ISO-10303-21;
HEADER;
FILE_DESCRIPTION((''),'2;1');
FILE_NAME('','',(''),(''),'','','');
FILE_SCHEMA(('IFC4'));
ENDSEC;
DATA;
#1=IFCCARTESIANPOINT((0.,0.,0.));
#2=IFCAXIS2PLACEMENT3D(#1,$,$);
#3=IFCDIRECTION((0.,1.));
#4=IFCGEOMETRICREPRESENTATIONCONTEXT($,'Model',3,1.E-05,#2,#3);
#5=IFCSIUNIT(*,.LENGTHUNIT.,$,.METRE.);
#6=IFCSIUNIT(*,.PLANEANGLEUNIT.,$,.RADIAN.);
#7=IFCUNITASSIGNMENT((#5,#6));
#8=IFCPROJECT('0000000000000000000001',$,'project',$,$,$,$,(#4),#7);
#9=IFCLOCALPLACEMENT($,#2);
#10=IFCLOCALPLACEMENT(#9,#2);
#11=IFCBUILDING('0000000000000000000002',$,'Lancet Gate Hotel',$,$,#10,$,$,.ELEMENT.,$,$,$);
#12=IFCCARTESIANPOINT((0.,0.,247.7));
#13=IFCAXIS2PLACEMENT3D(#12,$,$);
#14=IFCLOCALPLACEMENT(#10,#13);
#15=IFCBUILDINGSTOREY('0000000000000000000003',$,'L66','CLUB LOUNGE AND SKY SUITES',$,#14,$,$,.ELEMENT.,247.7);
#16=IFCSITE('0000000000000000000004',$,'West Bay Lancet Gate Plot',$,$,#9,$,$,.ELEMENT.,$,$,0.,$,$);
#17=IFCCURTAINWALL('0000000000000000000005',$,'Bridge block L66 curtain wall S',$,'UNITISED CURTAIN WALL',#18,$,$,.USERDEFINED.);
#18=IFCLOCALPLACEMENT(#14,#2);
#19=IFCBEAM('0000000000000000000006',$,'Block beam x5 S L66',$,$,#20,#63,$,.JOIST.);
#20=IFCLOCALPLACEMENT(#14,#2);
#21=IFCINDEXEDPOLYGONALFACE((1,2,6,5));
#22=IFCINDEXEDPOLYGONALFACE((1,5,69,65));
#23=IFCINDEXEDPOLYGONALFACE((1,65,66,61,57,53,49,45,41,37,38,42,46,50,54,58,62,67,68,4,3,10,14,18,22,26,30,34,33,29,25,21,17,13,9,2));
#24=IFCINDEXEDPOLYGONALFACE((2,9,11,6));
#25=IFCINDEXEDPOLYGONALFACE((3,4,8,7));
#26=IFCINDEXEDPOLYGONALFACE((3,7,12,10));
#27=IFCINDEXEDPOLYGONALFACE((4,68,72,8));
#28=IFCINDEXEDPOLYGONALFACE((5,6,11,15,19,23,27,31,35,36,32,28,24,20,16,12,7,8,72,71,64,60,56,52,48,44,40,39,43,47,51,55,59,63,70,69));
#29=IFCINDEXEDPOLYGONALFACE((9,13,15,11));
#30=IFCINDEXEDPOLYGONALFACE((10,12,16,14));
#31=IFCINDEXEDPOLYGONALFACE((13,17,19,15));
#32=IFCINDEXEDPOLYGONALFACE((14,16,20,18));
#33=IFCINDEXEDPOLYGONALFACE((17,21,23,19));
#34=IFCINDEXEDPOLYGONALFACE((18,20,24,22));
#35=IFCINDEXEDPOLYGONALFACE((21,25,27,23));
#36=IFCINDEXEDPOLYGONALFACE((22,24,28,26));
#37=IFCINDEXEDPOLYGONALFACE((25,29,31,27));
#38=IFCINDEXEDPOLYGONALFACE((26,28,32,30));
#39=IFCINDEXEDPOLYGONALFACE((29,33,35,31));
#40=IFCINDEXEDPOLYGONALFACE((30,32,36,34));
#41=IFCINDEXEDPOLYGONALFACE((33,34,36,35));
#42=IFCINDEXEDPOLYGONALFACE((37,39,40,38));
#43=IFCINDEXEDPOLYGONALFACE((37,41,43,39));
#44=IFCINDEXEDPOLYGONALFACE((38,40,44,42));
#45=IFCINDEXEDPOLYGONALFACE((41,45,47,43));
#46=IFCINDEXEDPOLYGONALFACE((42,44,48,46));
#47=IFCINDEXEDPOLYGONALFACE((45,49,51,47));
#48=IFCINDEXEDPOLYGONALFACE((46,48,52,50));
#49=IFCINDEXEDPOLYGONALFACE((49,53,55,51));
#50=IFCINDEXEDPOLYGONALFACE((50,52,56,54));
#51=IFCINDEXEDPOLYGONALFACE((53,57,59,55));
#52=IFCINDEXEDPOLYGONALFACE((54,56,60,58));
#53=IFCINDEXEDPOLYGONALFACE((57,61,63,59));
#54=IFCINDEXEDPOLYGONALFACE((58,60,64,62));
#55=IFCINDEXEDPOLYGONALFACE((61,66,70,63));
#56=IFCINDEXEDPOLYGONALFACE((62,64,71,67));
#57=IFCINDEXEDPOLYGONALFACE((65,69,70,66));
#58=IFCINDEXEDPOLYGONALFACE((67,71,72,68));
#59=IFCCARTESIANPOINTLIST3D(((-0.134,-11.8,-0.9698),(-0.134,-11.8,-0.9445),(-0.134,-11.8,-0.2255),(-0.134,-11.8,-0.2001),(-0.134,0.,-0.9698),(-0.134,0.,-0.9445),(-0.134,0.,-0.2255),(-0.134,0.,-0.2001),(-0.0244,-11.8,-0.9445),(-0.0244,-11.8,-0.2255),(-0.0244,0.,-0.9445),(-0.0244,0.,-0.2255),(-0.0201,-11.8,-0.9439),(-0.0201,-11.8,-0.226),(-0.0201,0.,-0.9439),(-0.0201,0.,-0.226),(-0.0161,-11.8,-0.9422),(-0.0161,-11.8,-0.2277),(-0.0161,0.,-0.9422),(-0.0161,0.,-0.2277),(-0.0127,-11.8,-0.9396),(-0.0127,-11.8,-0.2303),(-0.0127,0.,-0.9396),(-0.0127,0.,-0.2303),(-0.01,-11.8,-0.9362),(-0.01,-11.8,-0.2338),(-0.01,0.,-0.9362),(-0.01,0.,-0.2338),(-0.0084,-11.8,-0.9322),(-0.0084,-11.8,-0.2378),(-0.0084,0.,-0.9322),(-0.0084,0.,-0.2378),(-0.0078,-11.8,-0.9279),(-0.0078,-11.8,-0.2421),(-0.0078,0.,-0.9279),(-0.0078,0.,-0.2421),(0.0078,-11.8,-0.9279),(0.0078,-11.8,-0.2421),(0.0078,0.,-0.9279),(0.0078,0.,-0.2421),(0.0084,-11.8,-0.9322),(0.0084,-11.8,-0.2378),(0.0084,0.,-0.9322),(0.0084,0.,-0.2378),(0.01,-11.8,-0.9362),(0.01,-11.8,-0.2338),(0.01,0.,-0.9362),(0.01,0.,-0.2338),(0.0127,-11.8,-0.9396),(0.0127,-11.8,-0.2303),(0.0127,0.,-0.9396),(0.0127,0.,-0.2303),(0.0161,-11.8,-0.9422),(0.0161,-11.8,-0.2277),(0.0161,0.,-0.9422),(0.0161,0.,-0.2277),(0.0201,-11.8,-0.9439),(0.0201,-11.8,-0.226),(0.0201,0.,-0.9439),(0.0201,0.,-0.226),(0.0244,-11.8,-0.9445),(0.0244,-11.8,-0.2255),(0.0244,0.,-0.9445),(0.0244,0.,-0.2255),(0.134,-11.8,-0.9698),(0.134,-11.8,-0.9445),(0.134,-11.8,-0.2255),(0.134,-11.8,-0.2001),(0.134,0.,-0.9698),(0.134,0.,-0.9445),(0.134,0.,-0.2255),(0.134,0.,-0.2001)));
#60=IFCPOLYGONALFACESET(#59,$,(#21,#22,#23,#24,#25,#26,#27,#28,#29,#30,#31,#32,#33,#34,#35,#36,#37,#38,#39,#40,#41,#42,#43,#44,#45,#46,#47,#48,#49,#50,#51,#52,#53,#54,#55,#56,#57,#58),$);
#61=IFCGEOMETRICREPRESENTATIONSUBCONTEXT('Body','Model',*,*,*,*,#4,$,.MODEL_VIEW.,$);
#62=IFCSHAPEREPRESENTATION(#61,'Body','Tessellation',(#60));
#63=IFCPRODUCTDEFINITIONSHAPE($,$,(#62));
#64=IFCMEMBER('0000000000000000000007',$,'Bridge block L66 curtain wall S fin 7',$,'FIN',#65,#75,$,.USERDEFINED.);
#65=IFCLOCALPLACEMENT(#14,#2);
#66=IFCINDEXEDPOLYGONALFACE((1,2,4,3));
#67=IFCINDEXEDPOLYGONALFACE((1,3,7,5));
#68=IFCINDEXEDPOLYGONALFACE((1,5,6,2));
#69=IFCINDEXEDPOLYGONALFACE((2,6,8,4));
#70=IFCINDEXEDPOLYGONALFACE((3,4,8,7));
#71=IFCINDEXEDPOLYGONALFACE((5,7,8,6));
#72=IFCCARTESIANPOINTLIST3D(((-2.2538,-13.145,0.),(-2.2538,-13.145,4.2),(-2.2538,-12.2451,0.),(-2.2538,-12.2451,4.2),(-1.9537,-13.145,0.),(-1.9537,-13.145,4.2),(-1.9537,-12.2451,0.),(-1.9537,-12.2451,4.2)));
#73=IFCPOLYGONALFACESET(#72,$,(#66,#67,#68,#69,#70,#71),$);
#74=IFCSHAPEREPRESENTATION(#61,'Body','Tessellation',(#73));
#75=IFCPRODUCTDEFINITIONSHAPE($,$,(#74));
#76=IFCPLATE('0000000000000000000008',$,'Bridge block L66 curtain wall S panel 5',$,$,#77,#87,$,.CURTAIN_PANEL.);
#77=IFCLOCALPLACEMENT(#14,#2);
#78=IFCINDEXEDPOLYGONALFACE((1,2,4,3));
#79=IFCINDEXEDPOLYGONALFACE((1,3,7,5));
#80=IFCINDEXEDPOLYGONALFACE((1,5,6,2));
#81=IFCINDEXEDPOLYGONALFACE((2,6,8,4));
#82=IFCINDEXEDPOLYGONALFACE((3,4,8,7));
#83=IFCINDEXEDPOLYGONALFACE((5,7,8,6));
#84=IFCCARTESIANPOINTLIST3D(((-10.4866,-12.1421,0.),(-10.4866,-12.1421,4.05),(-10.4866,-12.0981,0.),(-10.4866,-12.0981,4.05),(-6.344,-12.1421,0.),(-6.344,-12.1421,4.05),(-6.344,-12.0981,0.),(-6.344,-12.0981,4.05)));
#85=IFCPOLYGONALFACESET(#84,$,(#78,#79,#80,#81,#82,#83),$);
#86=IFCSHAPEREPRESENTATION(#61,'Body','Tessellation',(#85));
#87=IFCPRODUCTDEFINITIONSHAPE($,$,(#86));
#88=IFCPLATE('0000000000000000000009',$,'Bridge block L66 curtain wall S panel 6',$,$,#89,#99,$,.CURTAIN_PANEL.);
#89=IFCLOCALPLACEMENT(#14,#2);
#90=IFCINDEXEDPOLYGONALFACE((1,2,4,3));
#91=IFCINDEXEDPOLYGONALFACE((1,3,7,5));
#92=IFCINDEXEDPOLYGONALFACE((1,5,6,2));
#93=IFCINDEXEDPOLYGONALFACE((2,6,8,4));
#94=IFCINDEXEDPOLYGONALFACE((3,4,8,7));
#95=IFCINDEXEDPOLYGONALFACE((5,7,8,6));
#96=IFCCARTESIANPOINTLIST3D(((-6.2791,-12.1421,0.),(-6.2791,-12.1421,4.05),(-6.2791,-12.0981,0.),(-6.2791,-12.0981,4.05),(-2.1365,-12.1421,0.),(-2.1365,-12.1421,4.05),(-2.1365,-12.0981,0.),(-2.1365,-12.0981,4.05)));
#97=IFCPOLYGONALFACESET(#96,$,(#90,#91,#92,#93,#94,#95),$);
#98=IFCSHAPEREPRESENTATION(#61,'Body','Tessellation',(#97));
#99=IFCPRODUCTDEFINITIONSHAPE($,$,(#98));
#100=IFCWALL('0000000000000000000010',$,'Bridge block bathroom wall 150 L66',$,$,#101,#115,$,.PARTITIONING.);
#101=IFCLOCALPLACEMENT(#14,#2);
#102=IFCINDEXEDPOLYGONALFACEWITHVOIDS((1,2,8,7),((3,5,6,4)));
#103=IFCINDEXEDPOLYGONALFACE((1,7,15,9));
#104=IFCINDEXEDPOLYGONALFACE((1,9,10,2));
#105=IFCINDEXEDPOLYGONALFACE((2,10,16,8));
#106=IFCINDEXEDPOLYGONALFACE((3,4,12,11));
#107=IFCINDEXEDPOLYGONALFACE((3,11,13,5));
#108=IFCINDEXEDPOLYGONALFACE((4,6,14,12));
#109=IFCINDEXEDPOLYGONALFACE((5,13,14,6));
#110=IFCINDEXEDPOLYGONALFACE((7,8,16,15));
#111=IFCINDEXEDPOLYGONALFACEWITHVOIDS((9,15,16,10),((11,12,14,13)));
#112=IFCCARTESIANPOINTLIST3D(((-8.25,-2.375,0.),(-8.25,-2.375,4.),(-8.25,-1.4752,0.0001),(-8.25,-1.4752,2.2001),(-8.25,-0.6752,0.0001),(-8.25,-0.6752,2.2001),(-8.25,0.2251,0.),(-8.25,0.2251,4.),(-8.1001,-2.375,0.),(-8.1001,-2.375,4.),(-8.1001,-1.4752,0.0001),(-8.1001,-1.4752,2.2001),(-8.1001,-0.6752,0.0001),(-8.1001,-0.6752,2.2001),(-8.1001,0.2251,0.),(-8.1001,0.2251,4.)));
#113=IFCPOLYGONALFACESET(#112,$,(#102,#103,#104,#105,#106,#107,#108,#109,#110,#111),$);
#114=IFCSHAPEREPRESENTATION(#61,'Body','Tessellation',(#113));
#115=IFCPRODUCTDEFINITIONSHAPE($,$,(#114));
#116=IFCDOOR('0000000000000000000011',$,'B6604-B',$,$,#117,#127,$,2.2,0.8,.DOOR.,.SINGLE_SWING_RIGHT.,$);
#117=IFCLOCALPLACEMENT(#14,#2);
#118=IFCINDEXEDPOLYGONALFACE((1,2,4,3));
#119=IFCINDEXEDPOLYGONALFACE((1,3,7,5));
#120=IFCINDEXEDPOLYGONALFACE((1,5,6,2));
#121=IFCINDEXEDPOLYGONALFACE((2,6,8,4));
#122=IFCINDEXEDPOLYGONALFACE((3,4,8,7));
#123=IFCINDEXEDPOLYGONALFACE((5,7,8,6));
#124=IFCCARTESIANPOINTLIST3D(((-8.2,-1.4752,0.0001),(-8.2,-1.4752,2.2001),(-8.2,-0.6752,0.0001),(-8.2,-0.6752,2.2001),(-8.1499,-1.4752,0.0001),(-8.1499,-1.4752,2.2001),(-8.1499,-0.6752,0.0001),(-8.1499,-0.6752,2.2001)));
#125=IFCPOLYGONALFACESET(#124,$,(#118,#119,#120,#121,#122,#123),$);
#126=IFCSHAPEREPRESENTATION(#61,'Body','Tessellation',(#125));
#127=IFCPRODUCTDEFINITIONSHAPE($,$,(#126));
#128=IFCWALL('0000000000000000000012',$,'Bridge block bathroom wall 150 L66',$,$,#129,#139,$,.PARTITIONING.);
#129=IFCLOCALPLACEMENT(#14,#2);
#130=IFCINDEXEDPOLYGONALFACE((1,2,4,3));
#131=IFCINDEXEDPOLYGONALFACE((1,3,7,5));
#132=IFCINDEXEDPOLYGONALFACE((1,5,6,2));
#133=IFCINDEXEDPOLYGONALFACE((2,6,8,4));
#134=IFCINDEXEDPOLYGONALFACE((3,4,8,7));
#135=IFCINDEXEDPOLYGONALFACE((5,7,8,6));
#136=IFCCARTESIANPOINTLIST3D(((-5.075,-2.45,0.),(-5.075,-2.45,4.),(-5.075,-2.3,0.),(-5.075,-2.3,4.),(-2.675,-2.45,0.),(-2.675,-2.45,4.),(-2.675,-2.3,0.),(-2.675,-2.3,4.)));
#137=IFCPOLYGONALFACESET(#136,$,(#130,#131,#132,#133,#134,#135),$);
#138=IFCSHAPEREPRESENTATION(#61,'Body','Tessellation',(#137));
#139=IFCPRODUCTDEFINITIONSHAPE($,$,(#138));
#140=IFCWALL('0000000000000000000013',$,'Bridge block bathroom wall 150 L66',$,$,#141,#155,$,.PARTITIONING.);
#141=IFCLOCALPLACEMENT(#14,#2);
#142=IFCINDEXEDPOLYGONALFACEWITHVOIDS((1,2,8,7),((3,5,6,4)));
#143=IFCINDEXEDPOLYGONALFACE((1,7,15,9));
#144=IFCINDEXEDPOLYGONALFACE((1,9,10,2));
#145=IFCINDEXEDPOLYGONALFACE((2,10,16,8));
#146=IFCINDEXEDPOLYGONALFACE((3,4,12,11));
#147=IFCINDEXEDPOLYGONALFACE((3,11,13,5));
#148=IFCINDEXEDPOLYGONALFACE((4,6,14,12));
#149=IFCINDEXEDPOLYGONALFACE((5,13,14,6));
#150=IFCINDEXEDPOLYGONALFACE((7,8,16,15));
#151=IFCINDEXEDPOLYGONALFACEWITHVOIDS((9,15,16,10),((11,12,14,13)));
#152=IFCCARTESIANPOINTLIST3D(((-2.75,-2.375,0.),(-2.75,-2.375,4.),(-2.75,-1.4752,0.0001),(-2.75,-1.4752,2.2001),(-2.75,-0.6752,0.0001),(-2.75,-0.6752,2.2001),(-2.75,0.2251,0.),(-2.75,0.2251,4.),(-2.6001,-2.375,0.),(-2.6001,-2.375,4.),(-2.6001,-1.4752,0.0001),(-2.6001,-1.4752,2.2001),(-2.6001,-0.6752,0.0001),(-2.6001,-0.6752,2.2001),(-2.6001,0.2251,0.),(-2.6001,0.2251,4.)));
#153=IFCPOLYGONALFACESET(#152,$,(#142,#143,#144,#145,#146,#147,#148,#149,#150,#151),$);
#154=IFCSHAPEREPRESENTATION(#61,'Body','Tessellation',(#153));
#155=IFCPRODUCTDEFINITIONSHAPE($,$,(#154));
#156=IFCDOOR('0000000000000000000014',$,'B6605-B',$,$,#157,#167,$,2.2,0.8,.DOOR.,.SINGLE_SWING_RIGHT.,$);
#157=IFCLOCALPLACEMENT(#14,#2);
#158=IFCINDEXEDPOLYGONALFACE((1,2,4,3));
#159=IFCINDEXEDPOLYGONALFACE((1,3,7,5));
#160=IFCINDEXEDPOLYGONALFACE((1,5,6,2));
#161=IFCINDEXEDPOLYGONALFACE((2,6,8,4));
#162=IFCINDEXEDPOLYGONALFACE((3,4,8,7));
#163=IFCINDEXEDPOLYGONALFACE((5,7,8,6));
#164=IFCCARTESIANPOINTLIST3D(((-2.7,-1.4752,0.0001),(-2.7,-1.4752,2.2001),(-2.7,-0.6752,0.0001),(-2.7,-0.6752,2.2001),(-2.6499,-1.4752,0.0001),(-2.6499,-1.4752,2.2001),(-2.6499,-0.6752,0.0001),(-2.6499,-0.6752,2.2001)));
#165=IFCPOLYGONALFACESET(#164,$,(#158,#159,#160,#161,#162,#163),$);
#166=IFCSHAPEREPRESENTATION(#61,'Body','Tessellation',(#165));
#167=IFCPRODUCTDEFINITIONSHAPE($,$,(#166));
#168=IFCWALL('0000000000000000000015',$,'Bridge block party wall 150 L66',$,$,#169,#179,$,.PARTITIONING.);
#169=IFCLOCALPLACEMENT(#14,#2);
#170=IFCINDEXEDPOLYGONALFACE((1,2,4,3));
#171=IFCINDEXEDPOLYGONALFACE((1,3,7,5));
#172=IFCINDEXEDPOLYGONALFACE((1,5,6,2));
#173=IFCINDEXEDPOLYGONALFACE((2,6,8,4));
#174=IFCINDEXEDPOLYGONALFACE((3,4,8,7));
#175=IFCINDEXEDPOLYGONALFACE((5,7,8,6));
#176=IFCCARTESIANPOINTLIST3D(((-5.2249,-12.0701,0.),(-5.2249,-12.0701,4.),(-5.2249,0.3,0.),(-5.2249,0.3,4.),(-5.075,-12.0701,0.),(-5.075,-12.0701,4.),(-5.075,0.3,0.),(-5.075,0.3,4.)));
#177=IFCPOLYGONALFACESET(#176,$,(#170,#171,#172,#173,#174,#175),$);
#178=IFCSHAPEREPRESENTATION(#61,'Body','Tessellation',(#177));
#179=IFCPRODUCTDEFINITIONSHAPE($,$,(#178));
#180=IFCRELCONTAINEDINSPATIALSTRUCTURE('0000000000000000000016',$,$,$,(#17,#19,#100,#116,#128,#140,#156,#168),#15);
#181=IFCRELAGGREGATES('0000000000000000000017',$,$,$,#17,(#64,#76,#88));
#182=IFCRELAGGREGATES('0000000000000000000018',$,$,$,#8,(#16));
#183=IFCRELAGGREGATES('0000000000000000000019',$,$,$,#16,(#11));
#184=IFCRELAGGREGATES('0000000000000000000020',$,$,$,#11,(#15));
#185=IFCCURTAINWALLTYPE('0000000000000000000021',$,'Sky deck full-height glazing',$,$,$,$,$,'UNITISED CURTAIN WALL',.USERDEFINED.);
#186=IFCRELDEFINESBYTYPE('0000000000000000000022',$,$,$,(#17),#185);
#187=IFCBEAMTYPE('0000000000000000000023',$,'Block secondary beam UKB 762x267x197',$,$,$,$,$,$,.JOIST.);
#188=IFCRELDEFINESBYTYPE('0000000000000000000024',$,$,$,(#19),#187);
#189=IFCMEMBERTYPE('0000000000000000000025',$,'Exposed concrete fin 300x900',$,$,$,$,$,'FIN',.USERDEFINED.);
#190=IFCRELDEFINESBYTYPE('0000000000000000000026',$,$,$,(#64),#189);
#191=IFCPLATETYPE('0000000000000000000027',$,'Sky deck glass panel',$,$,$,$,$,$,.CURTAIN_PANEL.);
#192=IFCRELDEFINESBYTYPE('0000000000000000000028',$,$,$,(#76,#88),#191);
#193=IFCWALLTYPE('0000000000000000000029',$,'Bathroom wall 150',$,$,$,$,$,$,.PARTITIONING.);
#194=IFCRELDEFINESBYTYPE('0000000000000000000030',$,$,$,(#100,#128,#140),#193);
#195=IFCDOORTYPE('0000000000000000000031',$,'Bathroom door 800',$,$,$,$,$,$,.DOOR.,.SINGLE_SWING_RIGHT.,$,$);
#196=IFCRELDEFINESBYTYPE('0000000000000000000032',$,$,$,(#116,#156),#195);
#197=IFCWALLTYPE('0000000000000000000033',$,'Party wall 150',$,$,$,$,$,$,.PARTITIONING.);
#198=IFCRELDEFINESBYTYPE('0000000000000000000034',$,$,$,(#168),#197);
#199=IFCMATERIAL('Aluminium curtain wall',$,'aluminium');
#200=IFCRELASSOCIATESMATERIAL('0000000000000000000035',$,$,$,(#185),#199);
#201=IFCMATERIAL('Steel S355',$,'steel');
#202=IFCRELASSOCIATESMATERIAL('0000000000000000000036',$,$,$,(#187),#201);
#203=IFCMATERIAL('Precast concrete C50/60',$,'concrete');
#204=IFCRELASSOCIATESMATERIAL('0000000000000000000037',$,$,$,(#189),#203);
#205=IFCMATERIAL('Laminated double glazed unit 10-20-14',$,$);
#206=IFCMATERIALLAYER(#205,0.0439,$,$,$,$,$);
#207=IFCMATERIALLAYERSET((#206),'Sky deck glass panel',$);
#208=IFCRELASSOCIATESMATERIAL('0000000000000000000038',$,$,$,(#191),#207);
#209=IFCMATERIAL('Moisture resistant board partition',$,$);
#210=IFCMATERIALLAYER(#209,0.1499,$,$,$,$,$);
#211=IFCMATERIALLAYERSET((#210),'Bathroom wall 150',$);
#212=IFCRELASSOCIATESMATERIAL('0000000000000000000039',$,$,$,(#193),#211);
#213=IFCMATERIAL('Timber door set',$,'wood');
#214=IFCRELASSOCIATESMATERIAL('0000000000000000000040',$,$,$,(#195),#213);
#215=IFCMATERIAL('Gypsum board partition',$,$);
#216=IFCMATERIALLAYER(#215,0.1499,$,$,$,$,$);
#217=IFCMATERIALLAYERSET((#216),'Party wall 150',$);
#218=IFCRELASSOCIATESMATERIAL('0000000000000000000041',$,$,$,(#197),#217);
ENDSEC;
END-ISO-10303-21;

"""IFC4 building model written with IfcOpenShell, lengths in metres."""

from ifc_helpers import new_model, si_unit, direction, frame, frame_2d, origin, origin_2d, place, context, subcontext, project, spatial, rectangle, i_section, extrude, material, layer, layer_set, material_profile, profile_set, type_object, element, fill, aggregate, save


model = new_model("IFC4")

# Units and contexts
model_context = context("Model", 3, precision=1e-05, world=origin(), true_north=direction((0.0, 1.0)))
body_context = subcontext(model_context, "Body", "Model", "MODEL_VIEW")
ifc_project = project(units=[si_unit("LENGTHUNIT", "METRE"), si_unit("PLANEANGLEUNIT", "RADIAN")], contexts=[model_context])

# Site, building, storey
site_placement = place(None, origin())
site = spatial("IfcSite", under=ifc_project, at=site_placement, Name="West Bay Lancet Gate Plot", CompositionType="ELEMENT", RefElevation=0.0)
building_placement = place(site_placement, origin())
building = spatial("IfcBuilding", under=site, at=building_placement, Name="Lancet Gate Hotel", CompositionType="ELEMENT")
storey_placement = place(building_placement, frame((0.0, 0.0, 247.7)))
storey = spatial("IfcBuildingStorey", under=building, at=storey_placement, Name="L66", Description="CLUB LOUNGE AND SKY SUITES", CompositionType="ELEMENT", Elevation=247.7)

# Curtain wall
ifc_material_1 = material(Name="Aluminium curtain wall", Category="aluminium")
curtain_wall_type = type_object("IfcCurtainWallType", Name="Sky deck full-height glazing", ElementType="UNITISED CURTAIN WALL", PredefinedType="USERDEFINED", material=ifc_material_1)
curtain_wall_placement = place(storey_placement, origin())
curtain_wall = element("IfcCurtainWall", 1, at=curtain_wall_placement, inside=storey, type_object=curtain_wall_type, Name="Bridge block L66 curtain wall S", ObjectType="UNITISED CURTAIN WALL", PredefinedType="USERDEFINED")

# Beam
ifc_material_2 = material(Name="Steel S355", Category="steel")
ifc_material_profile_1 = material_profile(ifc_material_2, i_section(OverallWidth=0.2681, OverallDepth=0.7698, WebThickness=0.0156, FlangeThickness=0.0254, FilletRadius=0.0166, at=origin_2d()), Name="UKB 762x267x197")
ifc_profile_set_1 = profile_set([ifc_material_profile_1], Name="Steel S355")
beam_type_1 = type_object("IfcBeamType", Name="Block secondary beam UKB 762x267x197", PredefinedType="JOIST", material=ifc_profile_set_1)
for number, where, z_axis, x_axis, name in (
    (2, (0.0, -11.8, -0.585), (0.0, 1.0, 0.0), (-1.0, 0.0, 0.0), "Block beam x5 S L66"),
):
    element("IfcBeam", number, at=place(storey_placement, frame(where, z_axis=z_axis, x_axis=x_axis)), inside=storey, type_object=beam_type_1, Name=name, PredefinedType="JOIST", context=body_context, shape_type="SweptSolid", body=[
        extrude(i_section(OverallWidth=0.2681, OverallDepth=0.7698, WebThickness=0.0156, FlangeThickness=0.0254, FilletRadius=0.0166, at=origin_2d()), origin(), (0.0, 0.0, 1.0), 11.8),
    ])

# Member
ifc_material_3 = material(Name="Precast concrete C50/60", Category="concrete")
ifc_material_profile_2 = material_profile(ifc_material_3, rectangle(XDim=0.3, YDim=0.8999, at=origin_2d()), Name="FIN 300x900")
ifc_profile_set_2 = profile_set([ifc_material_profile_2], Name="Precast concrete C50/60")
member_type_1 = type_object("IfcMemberType", Name="Exposed concrete fin 300x900", ElementType="FIN", PredefinedType="USERDEFINED", material=ifc_profile_set_2)
member_1_placement = place(storey_placement, frame((-2.1038, -12.6951, 0.0), z_axis=(0.0, 0.0, 1.0), x_axis=(1.0, 0.0, 0.0)))
member_1 = element("IfcMember", 3, at=member_1_placement, type_object=member_type_1, Name="Bridge block L66 curtain wall S fin 7", ObjectType="FIN", PredefinedType="USERDEFINED", context=body_context, shape_type="SweptSolid", body=[
    extrude(rectangle(XDim=0.3, YDim=0.8999, at=origin_2d()), origin(), (0.0, 0.0, 1.0), 4.2),
])

# Plates
ifc_material_4 = material(Name="Laminated double glazed unit 10-20-14")
ifc_layer_1 = layer(ifc_material_4, 0.0439)
ifc_layer_set_1 = layer_set([ifc_layer_1], Name="Sky deck glass panel")
plate_type = type_object("IfcPlateType", Name="Sky deck glass panel", PredefinedType="CURTAIN_PANEL", material=ifc_layer_set_1)
plate_1_placement = place(storey_placement, frame((-8.4153, -12.1201, 0.0), z_axis=(0.0, 0.0, 1.0), x_axis=(1.0, 0.0, 0.0)))
plate_1 = element("IfcPlate", 4, at=plate_1_placement, type_object=plate_type, Name="Bridge block L66 curtain wall S panel 5", PredefinedType="CURTAIN_PANEL", context=body_context, shape_type="SweptSolid", body=[
    extrude(rectangle(XDim=4.1426, YDim=0.0439, at=origin_2d()), origin(), (0.0, 0.0, 1.0), 4.05),
])
plate_2_placement = place(storey_placement, frame((-4.2078, -12.1201, 0.0), z_axis=(0.0, 0.0, 1.0), x_axis=(1.0, 0.0, 0.0)))
plate_2 = element("IfcPlate", 5, at=plate_2_placement, type_object=plate_type, Name="Bridge block L66 curtain wall S panel 6", PredefinedType="CURTAIN_PANEL", context=body_context, shape_type="SweptSolid", body=[
    extrude(rectangle(XDim=4.1426, YDim=0.0439, at=origin_2d()), origin(), (0.0, 0.0, 1.0), 4.05),
])
aggregate(curtain_wall, [member_1, plate_1, plate_2])

# Wall, opening, door
ifc_material_5 = material(Name="Moisture resistant board partition")
ifc_layer_2 = layer(ifc_material_5, 0.1499)
ifc_layer_set_2 = layer_set([ifc_layer_2], Name="Bathroom wall 150")
wall_type_1 = type_object("IfcWallType", Name="Bathroom wall 150", PredefinedType="PARTITIONING", material=ifc_layer_set_2)
wall_1_placement = place(storey_placement, frame((-8.175, -2.375, 0.0), z_axis=(0.0, 0.0, 1.0), x_axis=(0.0, 1.0, 0.0)))
wall_1 = element("IfcWall", 6, at=wall_1_placement, inside=storey, type_object=wall_type_1, Name="Bridge block bathroom wall 150 L66", PredefinedType="PARTITIONING", context=body_context, shape_type="SweptSolid", body=[
    extrude(rectangle(XDim=2.6001, YDim=0.1499, at=frame_2d((1.3, 0.0))), origin(), (0.0, 0.0, 1.0), 4.0),
])
opening_1_placement = place(wall_1_placement, frame((0.8999, 0.0, 0.0)))
opening_1 = element("IfcOpeningElement", 7, at=opening_1_placement, cuts=wall_1, PredefinedType="OPENING", context=body_context, shape_type="SweptSolid", body=[
    extrude(rectangle(XDim=0.8, YDim=2.2, at=frame_2d((0.3999, 1.1001))), frame((0.0, 0.085, 0.0), z_axis=(0.0, -1.0, 0.0), x_axis=(1.0, 0.0, 0.0)), (0.0, 0.0, 1.0), 0.1699),
])
ifc_material_6 = material(Name="Timber door set", Category="wood")
door_type = type_object("IfcDoorType", Name="Bathroom door 800", OperationType="SINGLE_SWING_RIGHT", PredefinedType="DOOR", material=ifc_material_6)
door_1_placement = place(opening_1_placement, origin())
door_1 = element("IfcDoor", 8, at=door_1_placement, inside=storey, type_object=door_type, Name="B6604-B", OperationType="SINGLE_SWING_RIGHT", OverallHeight=2.2, OverallWidth=0.8, PredefinedType="DOOR", context=body_context, shape_type="SweptSolid", body=[
    extrude(rectangle(XDim=0.8, YDim=2.2, at=frame_2d((0.3999, 1.1001))), frame((0.0, 0.0249, 0.0), z_axis=(0.0, -1.0, 0.0), x_axis=(1.0, 0.0, 0.0)), (0.0, 0.0, 1.0), 0.05),
])
fill(opening_1, door_1)

# Wall
wall_2_placement = place(storey_placement, frame((-5.075, -2.375, 0.0), z_axis=(0.0, 0.0, 1.0), x_axis=(1.0, 0.0, 0.0)))
element("IfcWall", 9, at=wall_2_placement, inside=storey, type_object=wall_type_1, Name="Bridge block bathroom wall 150 L66", PredefinedType="PARTITIONING", context=body_context, shape_type="SweptSolid", body=[
    extrude(rectangle(XDim=2.3999, YDim=0.1499, at=frame_2d((1.2, 0.0))), origin(), (0.0, 0.0, 1.0), 4.0),
])

# Wall, opening, door
wall_3_placement = place(storey_placement, frame((-2.675, -2.375, 0.0), z_axis=(0.0, 0.0, 1.0), x_axis=(0.0, 1.0, 0.0)))
wall_3 = element("IfcWall", 10, at=wall_3_placement, inside=storey, type_object=wall_type_1, Name="Bridge block bathroom wall 150 L66", PredefinedType="PARTITIONING", context=body_context, shape_type="SweptSolid", body=[
    extrude(rectangle(XDim=2.6001, YDim=0.1499, at=frame_2d((1.3, 0.0))), origin(), (0.0, 0.0, 1.0), 4.0),
])
opening_2_placement = place(wall_3_placement, frame((0.8999, 0.0, 0.0)))
opening_2 = element("IfcOpeningElement", 11, at=opening_2_placement, cuts=wall_3, PredefinedType="OPENING", context=body_context, shape_type="SweptSolid", body=[
    extrude(rectangle(XDim=0.8, YDim=2.2, at=frame_2d((0.3999, 1.1001))), frame((0.0, 0.085, 0.0), z_axis=(0.0, -1.0, 0.0), x_axis=(1.0, 0.0, 0.0)), (0.0, 0.0, 1.0), 0.1699),
])
door_2_placement = place(opening_2_placement, origin())
door_2 = element("IfcDoor", 12, at=door_2_placement, inside=storey, type_object=door_type, Name="B6605-B", OperationType="SINGLE_SWING_RIGHT", OverallHeight=2.2, OverallWidth=0.8, PredefinedType="DOOR", context=body_context, shape_type="SweptSolid", body=[
    extrude(rectangle(XDim=0.8, YDim=2.2, at=frame_2d((0.3999, 1.1001))), frame((0.0, 0.0249, 0.0), z_axis=(0.0, -1.0, 0.0), x_axis=(1.0, 0.0, 0.0)), (0.0, 0.0, 1.0), 0.05),
])
fill(opening_2, door_2)

# Wall
ifc_material_7 = material(Name="Gypsum board partition")
ifc_layer_3 = layer(ifc_material_7, 0.1499)
ifc_layer_set_3 = layer_set([ifc_layer_3], Name="Party wall 150")
wall_type_2 = type_object("IfcWallType", Name="Party wall 150", PredefinedType="PARTITIONING", material=ifc_layer_set_3)
wall_4_placement = place(storey_placement, frame((-5.1499, -12.0701, 0.0), z_axis=(0.0, 0.0, 1.0), x_axis=(0.0, 1.0, 0.0)))
element("IfcWall", 13, at=wall_4_placement, inside=storey, type_object=wall_type_2, Name="Bridge block party wall 150 L66", PredefinedType="PARTITIONING", context=body_context, shape_type="SweptSolid", body=[
    extrude(rectangle(XDim=12.3701, YDim=0.1499, at=frame_2d((6.1851, 0.0))), origin(), (0.0, 0.0, 1.0), 4.0),
])

save(model, "model.ifc")
